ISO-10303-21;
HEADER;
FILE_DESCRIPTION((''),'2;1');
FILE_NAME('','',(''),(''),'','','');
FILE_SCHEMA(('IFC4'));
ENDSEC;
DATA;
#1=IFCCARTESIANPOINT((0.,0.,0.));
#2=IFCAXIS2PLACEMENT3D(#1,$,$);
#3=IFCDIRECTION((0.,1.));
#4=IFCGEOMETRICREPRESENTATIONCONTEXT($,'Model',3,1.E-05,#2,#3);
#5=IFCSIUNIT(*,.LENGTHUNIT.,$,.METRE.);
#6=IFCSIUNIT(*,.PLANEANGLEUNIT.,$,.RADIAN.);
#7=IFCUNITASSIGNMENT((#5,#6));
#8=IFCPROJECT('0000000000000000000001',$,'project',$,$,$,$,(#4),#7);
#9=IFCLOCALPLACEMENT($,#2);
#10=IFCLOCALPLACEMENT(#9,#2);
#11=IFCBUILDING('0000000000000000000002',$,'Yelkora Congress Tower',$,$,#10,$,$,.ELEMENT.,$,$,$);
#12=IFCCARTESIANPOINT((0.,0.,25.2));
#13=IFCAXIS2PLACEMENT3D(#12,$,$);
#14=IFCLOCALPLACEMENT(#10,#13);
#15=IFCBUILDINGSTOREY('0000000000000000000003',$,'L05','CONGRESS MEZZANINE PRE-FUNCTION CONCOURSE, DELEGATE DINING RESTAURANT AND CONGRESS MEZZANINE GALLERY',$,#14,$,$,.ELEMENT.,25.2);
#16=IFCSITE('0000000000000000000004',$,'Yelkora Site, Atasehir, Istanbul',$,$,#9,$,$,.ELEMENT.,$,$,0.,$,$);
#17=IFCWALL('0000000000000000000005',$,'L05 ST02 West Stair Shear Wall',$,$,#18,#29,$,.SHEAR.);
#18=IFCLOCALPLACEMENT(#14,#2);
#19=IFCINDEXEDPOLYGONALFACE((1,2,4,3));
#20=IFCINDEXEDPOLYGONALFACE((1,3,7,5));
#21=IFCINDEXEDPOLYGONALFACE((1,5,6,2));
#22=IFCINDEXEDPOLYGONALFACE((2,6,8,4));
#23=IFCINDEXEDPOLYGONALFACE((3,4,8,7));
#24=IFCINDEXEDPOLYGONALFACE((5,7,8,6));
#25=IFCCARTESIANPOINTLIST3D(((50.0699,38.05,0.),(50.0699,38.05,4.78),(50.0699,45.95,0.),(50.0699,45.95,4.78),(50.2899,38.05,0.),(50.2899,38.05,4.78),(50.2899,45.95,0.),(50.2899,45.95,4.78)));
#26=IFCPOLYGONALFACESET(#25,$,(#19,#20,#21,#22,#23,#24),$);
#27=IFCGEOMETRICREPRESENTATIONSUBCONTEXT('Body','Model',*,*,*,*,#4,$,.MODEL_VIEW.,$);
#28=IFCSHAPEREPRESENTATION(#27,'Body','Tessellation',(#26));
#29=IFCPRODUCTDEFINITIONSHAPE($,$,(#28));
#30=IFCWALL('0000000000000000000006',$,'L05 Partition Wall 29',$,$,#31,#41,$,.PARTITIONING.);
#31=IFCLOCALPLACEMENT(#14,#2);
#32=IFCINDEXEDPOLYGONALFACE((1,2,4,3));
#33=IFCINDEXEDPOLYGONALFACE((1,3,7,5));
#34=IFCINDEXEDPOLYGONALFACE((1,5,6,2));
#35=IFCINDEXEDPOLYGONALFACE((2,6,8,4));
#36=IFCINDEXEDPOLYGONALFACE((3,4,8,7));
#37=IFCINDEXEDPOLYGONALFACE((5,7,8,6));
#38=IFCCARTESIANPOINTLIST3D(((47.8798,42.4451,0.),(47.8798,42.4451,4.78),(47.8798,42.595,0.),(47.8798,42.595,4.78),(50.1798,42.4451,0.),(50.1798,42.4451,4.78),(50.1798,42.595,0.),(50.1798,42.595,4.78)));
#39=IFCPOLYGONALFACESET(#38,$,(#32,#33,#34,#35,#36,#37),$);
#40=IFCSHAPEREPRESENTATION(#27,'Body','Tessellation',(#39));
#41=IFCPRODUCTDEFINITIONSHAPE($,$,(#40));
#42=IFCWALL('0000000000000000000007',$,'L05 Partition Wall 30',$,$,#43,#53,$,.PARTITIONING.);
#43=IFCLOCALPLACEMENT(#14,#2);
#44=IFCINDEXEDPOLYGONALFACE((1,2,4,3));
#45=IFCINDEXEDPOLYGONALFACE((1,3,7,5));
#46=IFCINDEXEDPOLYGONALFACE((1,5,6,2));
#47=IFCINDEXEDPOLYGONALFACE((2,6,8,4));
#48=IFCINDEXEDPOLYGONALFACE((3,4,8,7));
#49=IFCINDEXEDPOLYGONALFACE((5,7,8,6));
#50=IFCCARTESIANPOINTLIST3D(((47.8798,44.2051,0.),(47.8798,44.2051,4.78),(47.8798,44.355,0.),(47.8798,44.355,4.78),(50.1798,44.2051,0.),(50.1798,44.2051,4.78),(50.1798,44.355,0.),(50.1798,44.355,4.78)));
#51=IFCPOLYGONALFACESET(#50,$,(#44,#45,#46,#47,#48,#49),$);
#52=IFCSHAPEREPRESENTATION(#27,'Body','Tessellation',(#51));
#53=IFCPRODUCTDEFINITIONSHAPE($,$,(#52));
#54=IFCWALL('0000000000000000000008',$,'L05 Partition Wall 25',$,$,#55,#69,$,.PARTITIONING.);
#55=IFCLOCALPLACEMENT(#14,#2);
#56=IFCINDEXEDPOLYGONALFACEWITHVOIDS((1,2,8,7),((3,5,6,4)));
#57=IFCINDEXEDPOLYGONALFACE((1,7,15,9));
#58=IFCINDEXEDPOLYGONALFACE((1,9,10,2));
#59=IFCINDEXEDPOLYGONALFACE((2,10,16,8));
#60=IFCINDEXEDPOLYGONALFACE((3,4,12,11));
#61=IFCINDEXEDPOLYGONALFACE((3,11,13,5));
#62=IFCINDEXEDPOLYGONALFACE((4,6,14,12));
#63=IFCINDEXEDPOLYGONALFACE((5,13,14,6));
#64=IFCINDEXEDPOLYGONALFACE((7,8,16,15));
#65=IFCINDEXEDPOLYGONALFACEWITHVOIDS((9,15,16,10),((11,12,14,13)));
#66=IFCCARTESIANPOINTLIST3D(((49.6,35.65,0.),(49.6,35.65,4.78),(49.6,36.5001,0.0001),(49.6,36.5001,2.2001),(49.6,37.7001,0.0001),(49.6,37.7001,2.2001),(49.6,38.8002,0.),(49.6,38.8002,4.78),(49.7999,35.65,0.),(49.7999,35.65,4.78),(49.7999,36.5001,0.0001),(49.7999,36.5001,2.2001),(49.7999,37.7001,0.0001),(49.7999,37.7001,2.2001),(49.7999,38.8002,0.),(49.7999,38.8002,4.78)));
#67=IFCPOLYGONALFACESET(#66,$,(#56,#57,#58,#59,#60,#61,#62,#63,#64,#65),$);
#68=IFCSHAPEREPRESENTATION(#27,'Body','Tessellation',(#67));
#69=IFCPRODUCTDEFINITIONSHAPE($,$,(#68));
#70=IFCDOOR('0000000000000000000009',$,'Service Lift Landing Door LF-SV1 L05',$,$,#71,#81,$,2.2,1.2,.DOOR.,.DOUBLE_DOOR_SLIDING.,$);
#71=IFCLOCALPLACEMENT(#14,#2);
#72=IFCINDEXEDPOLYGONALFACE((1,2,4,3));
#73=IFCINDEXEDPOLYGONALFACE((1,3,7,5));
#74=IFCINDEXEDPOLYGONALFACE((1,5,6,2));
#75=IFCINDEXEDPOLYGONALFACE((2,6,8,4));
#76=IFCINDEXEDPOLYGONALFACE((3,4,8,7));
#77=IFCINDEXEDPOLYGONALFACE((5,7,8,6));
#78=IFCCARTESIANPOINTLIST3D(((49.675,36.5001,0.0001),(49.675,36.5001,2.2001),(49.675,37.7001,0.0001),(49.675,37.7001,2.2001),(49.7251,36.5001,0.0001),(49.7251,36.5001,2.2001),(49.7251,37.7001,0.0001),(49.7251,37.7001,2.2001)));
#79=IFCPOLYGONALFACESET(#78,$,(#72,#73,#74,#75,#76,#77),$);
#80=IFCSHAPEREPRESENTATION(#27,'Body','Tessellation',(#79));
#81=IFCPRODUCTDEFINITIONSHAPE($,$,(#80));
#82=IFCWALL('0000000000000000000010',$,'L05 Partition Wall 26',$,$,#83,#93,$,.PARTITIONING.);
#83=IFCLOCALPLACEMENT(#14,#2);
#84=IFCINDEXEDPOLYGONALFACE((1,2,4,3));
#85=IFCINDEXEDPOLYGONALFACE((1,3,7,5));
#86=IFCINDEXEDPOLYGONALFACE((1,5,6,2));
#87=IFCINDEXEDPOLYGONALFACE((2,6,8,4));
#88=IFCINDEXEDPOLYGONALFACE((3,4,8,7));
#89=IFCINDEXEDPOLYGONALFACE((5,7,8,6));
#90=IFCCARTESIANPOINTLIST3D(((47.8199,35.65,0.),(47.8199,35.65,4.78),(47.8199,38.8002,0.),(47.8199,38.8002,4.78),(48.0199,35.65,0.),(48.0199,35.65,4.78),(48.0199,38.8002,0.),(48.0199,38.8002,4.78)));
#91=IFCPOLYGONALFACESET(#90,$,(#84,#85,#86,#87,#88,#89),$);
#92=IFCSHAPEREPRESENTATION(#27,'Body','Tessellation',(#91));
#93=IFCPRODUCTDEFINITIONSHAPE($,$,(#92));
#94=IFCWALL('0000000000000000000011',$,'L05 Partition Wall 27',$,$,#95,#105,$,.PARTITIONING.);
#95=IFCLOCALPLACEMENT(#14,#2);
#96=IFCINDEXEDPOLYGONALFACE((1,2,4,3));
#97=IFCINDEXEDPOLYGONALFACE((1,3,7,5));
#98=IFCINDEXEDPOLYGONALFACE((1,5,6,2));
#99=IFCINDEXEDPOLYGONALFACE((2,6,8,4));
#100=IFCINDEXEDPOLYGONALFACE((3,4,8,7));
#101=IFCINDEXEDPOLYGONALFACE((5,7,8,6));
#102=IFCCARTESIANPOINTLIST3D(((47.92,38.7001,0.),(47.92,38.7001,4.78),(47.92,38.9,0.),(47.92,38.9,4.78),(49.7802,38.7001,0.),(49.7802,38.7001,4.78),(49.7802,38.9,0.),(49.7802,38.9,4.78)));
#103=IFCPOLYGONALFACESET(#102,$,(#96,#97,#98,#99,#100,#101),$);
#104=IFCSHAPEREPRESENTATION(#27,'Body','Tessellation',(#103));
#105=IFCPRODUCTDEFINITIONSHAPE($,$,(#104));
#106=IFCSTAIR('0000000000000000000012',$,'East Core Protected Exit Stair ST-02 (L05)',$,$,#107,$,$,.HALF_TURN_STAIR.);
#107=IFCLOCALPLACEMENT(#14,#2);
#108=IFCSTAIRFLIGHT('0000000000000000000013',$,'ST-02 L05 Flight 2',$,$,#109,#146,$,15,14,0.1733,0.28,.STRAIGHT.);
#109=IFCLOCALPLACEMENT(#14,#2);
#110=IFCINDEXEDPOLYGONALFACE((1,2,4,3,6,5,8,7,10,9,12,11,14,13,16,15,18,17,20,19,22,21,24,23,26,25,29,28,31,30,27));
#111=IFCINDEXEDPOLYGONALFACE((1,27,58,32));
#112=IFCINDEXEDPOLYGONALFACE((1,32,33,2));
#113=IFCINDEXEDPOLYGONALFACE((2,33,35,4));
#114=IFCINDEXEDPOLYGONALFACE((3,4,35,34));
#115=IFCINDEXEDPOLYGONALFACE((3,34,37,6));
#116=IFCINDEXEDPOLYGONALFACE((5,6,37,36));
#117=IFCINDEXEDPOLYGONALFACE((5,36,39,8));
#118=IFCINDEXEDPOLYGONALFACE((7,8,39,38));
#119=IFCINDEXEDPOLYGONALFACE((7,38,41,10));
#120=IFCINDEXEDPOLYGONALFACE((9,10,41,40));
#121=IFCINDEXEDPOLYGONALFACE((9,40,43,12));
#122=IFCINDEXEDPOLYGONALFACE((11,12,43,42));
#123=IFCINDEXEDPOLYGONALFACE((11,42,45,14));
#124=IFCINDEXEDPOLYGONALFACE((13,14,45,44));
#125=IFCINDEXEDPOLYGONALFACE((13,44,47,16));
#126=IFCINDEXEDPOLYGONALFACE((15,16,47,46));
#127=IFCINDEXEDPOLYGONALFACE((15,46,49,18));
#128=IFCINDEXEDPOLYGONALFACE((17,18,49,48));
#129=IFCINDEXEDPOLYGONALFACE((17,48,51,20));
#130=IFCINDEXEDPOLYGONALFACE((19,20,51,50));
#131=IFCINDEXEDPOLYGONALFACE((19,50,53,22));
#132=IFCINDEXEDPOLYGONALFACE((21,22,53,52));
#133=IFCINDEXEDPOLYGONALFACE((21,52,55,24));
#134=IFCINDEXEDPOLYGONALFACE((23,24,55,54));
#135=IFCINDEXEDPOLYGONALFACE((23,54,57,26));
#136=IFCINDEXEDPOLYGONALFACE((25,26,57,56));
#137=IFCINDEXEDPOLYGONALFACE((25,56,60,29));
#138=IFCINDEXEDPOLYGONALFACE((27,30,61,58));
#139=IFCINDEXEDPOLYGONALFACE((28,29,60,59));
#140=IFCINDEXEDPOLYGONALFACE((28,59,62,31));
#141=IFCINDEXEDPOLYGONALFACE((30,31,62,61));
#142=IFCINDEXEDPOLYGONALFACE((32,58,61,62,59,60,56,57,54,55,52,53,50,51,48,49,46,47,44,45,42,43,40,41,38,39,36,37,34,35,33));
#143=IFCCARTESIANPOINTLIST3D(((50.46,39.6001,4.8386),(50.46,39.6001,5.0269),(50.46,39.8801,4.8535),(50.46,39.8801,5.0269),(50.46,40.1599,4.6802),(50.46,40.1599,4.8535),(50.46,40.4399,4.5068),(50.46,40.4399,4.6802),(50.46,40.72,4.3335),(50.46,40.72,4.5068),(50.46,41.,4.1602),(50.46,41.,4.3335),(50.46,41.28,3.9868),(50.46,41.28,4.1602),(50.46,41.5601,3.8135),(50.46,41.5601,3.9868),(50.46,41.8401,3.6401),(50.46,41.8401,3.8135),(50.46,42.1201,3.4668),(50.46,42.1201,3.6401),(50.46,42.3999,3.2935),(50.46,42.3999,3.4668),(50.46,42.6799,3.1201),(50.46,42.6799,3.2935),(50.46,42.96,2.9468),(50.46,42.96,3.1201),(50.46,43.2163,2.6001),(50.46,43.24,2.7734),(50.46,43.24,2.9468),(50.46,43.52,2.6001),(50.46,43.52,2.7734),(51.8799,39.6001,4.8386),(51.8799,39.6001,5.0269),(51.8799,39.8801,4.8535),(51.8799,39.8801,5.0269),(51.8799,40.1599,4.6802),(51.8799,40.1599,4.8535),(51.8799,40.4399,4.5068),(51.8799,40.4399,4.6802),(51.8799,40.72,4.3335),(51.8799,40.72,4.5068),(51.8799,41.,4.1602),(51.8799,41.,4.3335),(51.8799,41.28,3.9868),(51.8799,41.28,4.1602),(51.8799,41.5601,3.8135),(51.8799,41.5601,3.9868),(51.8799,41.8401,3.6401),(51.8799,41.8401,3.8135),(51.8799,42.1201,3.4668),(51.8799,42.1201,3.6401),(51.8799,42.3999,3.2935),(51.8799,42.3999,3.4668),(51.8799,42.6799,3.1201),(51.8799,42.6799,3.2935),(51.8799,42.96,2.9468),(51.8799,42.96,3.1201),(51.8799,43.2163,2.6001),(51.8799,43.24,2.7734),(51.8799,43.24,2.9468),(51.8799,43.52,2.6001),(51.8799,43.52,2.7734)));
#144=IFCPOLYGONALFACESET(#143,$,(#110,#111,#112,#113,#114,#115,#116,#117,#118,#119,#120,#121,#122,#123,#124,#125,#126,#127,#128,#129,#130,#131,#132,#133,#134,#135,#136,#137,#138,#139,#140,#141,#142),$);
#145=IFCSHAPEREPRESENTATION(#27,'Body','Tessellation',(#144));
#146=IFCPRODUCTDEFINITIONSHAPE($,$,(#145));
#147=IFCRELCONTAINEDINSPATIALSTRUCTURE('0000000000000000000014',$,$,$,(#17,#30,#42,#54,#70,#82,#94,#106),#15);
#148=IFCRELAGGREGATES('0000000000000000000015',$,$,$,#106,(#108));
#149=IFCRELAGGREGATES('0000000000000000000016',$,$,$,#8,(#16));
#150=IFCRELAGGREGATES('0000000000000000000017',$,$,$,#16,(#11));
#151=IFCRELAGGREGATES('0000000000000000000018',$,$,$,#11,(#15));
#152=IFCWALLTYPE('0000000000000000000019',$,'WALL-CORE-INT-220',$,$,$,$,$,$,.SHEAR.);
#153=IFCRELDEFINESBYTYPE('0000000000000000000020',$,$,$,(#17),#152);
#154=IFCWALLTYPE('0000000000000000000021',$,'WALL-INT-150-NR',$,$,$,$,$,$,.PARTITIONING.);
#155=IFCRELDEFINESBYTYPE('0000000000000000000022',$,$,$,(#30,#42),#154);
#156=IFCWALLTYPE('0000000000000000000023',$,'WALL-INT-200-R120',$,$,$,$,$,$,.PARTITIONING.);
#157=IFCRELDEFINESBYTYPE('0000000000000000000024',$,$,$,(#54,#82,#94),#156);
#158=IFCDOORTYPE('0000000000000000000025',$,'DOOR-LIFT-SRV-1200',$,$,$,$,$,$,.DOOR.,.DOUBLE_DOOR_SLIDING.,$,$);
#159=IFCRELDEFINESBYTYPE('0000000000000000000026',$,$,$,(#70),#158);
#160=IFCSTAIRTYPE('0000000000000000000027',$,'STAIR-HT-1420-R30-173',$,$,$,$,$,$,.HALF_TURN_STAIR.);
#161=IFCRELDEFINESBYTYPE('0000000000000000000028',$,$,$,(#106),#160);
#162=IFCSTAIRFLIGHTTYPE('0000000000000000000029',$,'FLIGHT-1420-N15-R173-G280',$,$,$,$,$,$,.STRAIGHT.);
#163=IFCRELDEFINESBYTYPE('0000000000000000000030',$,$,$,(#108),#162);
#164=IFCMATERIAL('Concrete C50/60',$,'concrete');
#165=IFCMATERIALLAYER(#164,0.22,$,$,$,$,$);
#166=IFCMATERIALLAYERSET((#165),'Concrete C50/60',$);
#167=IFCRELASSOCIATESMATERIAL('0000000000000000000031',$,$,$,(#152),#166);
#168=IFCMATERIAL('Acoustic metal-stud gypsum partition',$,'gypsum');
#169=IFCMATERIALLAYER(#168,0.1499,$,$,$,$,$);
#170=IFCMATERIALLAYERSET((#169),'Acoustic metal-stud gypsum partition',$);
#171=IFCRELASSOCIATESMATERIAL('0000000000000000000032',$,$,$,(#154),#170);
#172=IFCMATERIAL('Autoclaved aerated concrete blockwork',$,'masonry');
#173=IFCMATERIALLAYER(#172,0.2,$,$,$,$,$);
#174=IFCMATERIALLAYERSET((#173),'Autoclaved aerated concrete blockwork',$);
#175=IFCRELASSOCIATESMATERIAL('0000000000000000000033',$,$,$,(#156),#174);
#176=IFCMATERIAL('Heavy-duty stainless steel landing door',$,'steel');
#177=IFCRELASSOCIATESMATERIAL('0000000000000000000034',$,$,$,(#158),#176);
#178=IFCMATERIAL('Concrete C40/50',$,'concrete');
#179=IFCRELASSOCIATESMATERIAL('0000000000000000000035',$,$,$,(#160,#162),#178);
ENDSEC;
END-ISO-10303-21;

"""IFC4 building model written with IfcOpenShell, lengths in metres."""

from ifc_helpers import new_model, si_unit, direction, frame, frame_2d, origin, place, context, subcontext, project, spatial, polyline, rectangle, outline, extrude, material, layer, layer_set, type_object, element, fill, aggregate, save


model = new_model("IFC4")

# Units and contexts
model_context = context("Model", 3, precision=1e-05, world=origin(), true_north=direction((0.0, 1.0)))
body_context = subcontext(model_context, "Body", "Model", "MODEL_VIEW")
ifc_project = project(units=[si_unit("LENGTHUNIT", "METRE"), si_unit("PLANEANGLEUNIT", "RADIAN")], contexts=[model_context])

# Site, building, storey
site_placement = place(None, origin())
site = spatial("IfcSite", under=ifc_project, at=site_placement, Name="Yelkora Site, Atasehir, Istanbul", CompositionType="ELEMENT", RefElevation=0.0)
building_placement = place(site_placement, origin())
building = spatial("IfcBuilding", under=site, at=building_placement, Name="Yelkora Congress Tower", CompositionType="ELEMENT")
storey_placement = place(building_placement, frame((0.0, 0.0, 25.2)))
storey = spatial("IfcBuildingStorey", under=building, at=storey_placement, Name="L05", Description="CONGRESS MEZZANINE PRE-FUNCTION CONCOURSE, DELEGATE DINING RESTAURANT AND CONGRESS MEZZANINE GALLERY", CompositionType="ELEMENT", Elevation=25.2)

# Walls
ifc_material_1 = material(Name="Concrete C50/60", Category="concrete")
ifc_layer_1 = layer(ifc_material_1, 0.22)
ifc_layer_set_1 = layer_set([ifc_layer_1], Name="Concrete C50/60")
wall_type_1 = type_object("IfcWallType", Name="WALL-CORE-INT-220", PredefinedType="SHEAR", material=ifc_layer_set_1)
wall_1_placement = place(storey_placement, frame((50.1799, 38.05, 0.0), z_axis=(0.0, 0.0, 1.0), x_axis=(0.0, 1.0, 0.0)))
element("IfcWall", 1, at=wall_1_placement, inside=storey, type_object=wall_type_1, Name="L05 ST02 West Stair Shear Wall", PredefinedType="SHEAR", context=body_context, shape_type="SweptSolid", body=[
    extrude(rectangle(XDim=7.8999, YDim=0.22, at=frame_2d((3.95, 0.0))), origin(), (0.0, 0.0, 1.0), 4.78),
])
ifc_material_2 = material(Name="Acoustic metal-stud gypsum partition", Category="gypsum")
ifc_layer_2 = layer(ifc_material_2, 0.1499)
ifc_layer_set_2 = layer_set([ifc_layer_2], Name="Acoustic metal-stud gypsum partition")
wall_type_2 = type_object("IfcWallType", Name="WALL-INT-150-NR", PredefinedType="PARTITIONING", material=ifc_layer_set_2)
for number, where, z_axis, x_axis, name in (
    (2, (47.8799, 42.52, 0.0), (0.0, 0.0, 1.0), (1.0, 0.0, 0.0), "L05 Partition Wall 29"),
    (3, (47.8799, 44.28, 0.0), (0.0, 0.0, 1.0), (1.0, 0.0, 0.0), "L05 Partition Wall 30"),
):
    element("IfcWall", number, at=place(storey_placement, frame(where, z_axis=z_axis, x_axis=x_axis)), inside=storey, type_object=wall_type_2, Name=name, PredefinedType="PARTITIONING", context=body_context, shape_type="SweptSolid", body=[
        extrude(rectangle(XDim=2.3, YDim=0.1499, at=frame_2d((1.1499, 0.0))), origin(), (0.0, 0.0, 1.0), 4.78),
    ])

# Wall, opening, door
ifc_material_3 = material(Name="Autoclaved aerated concrete blockwork", Category="masonry")
ifc_layer_3 = layer(ifc_material_3, 0.2)
ifc_layer_set_3 = layer_set([ifc_layer_3], Name="Autoclaved aerated concrete blockwork")
wall_type_3 = type_object("IfcWallType", Name="WALL-INT-200-R120", PredefinedType="PARTITIONING", material=ifc_layer_set_3)
wall_2_placement = place(storey_placement, frame((49.7, 35.6499, 0.0), z_axis=(0.0, 0.0, 1.0), x_axis=(0.0, 1.0, 0.0)))
wall_2 = element("IfcWall", 4, at=wall_2_placement, inside=storey, type_object=wall_type_3, Name="L05 Partition Wall 25", PredefinedType="PARTITIONING", context=body_context, shape_type="SweptSolid", body=[
    extrude(rectangle(XDim=3.1501, YDim=0.2, at=frame_2d((1.5752, 0.0))), origin(), (0.0, 0.0, 1.0), 4.78),
])
opening_1_placement = place(wall_2_placement, frame((0.8501, 0.0, 0.0)))
opening_1 = element("IfcOpeningElement", 5, at=opening_1_placement, cuts=wall_2, PredefinedType="OPENING", context=body_context, shape_type="SweptSolid", body=[
    extrude(rectangle(XDim=1.2, YDim=2.2, at=frame_2d((0.6001, 1.1001))), frame((0.0, 0.1099, 0.0), z_axis=(0.0, -1.0, 0.0), x_axis=(1.0, 0.0, 0.0)), (0.0, 0.0, 1.0), 0.22),
])
ifc_material_4 = material(Name="Heavy-duty stainless steel landing door", Category="steel")
door_type_1 = type_object("IfcDoorType", Name="DOOR-LIFT-SRV-1200", OperationType="DOUBLE_DOOR_SLIDING", PredefinedType="DOOR", material=ifc_material_4)
door_1_placement = place(opening_1_placement, origin())
door_1 = element("IfcDoor", 6, at=door_1_placement, inside=storey, type_object=door_type_1, Name="Service Lift Landing Door LF-SV1 L05", OperationType="DOUBLE_DOOR_SLIDING", OverallHeight=2.2, OverallWidth=1.2, PredefinedType="DOOR", context=body_context, shape_type="SweptSolid", body=[
    extrude(rectangle(XDim=1.2, YDim=2.2, at=frame_2d((0.6001, 1.1001))), frame((0.0, 0.0249, 0.0), z_axis=(0.0, -1.0, 0.0), x_axis=(1.0, 0.0, 0.0)), (0.0, 0.0, 1.0), 0.05),
])
fill(opening_1, door_1)

# Walls
wall_3_placement = place(storey_placement, frame((47.9199, 35.6499, 0.0), z_axis=(0.0, 0.0, 1.0), x_axis=(0.0, 1.0, 0.0)))
element("IfcWall", 7, at=wall_3_placement, inside=storey, type_object=wall_type_3, Name="L05 Partition Wall 26", PredefinedType="PARTITIONING", context=body_context, shape_type="SweptSolid", body=[
    extrude(rectangle(XDim=3.1501, YDim=0.2, at=frame_2d((1.5752, 0.0))), origin(), (0.0, 0.0, 1.0), 4.78),
])
wall_4_placement = place(storey_placement, frame((47.9199, 38.8, 0.0), z_axis=(0.0, 0.0, 1.0), x_axis=(1.0, 0.0, 0.0)))
element("IfcWall", 8, at=wall_4_placement, inside=storey, type_object=wall_type_3, Name="L05 Partition Wall 27", PredefinedType="PARTITIONING", context=body_context, shape_type="SweptSolid", body=[
    extrude(rectangle(XDim=1.8601, YDim=0.2, at=frame_2d((0.9302, 0.0))), origin(), (0.0, 0.0, 1.0), 4.78),
])

# Stair, stair flight
ifc_material_5 = material(Name="Concrete C40/50", Category="concrete")
stair_type = type_object("IfcStairType", Name="STAIR-HT-1420-R30-173", PredefinedType="HALF_TURN_STAIR", material=ifc_material_5)
stair_placement = place(storey_placement, origin())
stair = element("IfcStair", 9, at=stair_placement, inside=storey, type_object=stair_type, Name="East Core Protected Exit Stair ST-02 (L05)", PredefinedType="HALF_TURN_STAIR")
stair_flight_type = type_object("IfcStairFlightType", Name="FLIGHT-1420-N15-R173-G280", PredefinedType="STRAIGHT", material=ifc_material_5)
stair_flight_placement = place(storey_placement, frame((51.1699, 43.52, 2.6001), z_axis=(0.0, 0.0, 1.0), x_axis=(0.0, -1.0, 0.0)))
stair_flight = element("IfcStairFlight", 10, at=stair_flight_placement, type_object=stair_flight_type, Name="ST-02 L05 Flight 2", NumberOfRisers=15, NumberOfTreads=14, PredefinedType="STRAIGHT", RiserHeight=0.1733, TreadLength=0.28, context=body_context, shape_type="SweptSolid", body=[
    extrude(outline(polyline([(0.0, 0.0), (0.0, 0.1733), (0.28, 0.1733), (0.28, 0.3467), (0.5601, 0.3467), (0.5601, 0.52), (0.8401, 0.52), (0.8401, 0.6934), (1.1201, 0.6934), (1.1201, 0.8667), (1.3999, 0.8667), (1.3999, 1.04), (1.6799, 1.04), (1.6799, 1.2134), (1.96, 1.2134), (1.96, 1.3867), (2.24, 1.3867), (2.24, 1.5601), (2.52, 1.5601), (2.52, 1.7334), (2.8, 1.7334), (2.8, 1.9067), (3.0801, 1.9067), (3.0801, 2.0801), (3.3601, 2.0801), (3.3601, 2.2534), (3.6399, 2.2534), (3.6399, 2.4268), (3.9199, 2.4268), (3.9199, 2.6001), (3.9199, 2.2385), (0.3037, 0.0), (0.0, 0.0)])), frame((0.0, 0.71, 0.0), z_axis=(0.0, -1.0, 0.0), x_axis=(1.0, 0.0, 0.0)), (0.0, 0.0, 1.0), 1.4199),
])
aggregate(stair, [stair_flight])

save(model, "model.ifc")
